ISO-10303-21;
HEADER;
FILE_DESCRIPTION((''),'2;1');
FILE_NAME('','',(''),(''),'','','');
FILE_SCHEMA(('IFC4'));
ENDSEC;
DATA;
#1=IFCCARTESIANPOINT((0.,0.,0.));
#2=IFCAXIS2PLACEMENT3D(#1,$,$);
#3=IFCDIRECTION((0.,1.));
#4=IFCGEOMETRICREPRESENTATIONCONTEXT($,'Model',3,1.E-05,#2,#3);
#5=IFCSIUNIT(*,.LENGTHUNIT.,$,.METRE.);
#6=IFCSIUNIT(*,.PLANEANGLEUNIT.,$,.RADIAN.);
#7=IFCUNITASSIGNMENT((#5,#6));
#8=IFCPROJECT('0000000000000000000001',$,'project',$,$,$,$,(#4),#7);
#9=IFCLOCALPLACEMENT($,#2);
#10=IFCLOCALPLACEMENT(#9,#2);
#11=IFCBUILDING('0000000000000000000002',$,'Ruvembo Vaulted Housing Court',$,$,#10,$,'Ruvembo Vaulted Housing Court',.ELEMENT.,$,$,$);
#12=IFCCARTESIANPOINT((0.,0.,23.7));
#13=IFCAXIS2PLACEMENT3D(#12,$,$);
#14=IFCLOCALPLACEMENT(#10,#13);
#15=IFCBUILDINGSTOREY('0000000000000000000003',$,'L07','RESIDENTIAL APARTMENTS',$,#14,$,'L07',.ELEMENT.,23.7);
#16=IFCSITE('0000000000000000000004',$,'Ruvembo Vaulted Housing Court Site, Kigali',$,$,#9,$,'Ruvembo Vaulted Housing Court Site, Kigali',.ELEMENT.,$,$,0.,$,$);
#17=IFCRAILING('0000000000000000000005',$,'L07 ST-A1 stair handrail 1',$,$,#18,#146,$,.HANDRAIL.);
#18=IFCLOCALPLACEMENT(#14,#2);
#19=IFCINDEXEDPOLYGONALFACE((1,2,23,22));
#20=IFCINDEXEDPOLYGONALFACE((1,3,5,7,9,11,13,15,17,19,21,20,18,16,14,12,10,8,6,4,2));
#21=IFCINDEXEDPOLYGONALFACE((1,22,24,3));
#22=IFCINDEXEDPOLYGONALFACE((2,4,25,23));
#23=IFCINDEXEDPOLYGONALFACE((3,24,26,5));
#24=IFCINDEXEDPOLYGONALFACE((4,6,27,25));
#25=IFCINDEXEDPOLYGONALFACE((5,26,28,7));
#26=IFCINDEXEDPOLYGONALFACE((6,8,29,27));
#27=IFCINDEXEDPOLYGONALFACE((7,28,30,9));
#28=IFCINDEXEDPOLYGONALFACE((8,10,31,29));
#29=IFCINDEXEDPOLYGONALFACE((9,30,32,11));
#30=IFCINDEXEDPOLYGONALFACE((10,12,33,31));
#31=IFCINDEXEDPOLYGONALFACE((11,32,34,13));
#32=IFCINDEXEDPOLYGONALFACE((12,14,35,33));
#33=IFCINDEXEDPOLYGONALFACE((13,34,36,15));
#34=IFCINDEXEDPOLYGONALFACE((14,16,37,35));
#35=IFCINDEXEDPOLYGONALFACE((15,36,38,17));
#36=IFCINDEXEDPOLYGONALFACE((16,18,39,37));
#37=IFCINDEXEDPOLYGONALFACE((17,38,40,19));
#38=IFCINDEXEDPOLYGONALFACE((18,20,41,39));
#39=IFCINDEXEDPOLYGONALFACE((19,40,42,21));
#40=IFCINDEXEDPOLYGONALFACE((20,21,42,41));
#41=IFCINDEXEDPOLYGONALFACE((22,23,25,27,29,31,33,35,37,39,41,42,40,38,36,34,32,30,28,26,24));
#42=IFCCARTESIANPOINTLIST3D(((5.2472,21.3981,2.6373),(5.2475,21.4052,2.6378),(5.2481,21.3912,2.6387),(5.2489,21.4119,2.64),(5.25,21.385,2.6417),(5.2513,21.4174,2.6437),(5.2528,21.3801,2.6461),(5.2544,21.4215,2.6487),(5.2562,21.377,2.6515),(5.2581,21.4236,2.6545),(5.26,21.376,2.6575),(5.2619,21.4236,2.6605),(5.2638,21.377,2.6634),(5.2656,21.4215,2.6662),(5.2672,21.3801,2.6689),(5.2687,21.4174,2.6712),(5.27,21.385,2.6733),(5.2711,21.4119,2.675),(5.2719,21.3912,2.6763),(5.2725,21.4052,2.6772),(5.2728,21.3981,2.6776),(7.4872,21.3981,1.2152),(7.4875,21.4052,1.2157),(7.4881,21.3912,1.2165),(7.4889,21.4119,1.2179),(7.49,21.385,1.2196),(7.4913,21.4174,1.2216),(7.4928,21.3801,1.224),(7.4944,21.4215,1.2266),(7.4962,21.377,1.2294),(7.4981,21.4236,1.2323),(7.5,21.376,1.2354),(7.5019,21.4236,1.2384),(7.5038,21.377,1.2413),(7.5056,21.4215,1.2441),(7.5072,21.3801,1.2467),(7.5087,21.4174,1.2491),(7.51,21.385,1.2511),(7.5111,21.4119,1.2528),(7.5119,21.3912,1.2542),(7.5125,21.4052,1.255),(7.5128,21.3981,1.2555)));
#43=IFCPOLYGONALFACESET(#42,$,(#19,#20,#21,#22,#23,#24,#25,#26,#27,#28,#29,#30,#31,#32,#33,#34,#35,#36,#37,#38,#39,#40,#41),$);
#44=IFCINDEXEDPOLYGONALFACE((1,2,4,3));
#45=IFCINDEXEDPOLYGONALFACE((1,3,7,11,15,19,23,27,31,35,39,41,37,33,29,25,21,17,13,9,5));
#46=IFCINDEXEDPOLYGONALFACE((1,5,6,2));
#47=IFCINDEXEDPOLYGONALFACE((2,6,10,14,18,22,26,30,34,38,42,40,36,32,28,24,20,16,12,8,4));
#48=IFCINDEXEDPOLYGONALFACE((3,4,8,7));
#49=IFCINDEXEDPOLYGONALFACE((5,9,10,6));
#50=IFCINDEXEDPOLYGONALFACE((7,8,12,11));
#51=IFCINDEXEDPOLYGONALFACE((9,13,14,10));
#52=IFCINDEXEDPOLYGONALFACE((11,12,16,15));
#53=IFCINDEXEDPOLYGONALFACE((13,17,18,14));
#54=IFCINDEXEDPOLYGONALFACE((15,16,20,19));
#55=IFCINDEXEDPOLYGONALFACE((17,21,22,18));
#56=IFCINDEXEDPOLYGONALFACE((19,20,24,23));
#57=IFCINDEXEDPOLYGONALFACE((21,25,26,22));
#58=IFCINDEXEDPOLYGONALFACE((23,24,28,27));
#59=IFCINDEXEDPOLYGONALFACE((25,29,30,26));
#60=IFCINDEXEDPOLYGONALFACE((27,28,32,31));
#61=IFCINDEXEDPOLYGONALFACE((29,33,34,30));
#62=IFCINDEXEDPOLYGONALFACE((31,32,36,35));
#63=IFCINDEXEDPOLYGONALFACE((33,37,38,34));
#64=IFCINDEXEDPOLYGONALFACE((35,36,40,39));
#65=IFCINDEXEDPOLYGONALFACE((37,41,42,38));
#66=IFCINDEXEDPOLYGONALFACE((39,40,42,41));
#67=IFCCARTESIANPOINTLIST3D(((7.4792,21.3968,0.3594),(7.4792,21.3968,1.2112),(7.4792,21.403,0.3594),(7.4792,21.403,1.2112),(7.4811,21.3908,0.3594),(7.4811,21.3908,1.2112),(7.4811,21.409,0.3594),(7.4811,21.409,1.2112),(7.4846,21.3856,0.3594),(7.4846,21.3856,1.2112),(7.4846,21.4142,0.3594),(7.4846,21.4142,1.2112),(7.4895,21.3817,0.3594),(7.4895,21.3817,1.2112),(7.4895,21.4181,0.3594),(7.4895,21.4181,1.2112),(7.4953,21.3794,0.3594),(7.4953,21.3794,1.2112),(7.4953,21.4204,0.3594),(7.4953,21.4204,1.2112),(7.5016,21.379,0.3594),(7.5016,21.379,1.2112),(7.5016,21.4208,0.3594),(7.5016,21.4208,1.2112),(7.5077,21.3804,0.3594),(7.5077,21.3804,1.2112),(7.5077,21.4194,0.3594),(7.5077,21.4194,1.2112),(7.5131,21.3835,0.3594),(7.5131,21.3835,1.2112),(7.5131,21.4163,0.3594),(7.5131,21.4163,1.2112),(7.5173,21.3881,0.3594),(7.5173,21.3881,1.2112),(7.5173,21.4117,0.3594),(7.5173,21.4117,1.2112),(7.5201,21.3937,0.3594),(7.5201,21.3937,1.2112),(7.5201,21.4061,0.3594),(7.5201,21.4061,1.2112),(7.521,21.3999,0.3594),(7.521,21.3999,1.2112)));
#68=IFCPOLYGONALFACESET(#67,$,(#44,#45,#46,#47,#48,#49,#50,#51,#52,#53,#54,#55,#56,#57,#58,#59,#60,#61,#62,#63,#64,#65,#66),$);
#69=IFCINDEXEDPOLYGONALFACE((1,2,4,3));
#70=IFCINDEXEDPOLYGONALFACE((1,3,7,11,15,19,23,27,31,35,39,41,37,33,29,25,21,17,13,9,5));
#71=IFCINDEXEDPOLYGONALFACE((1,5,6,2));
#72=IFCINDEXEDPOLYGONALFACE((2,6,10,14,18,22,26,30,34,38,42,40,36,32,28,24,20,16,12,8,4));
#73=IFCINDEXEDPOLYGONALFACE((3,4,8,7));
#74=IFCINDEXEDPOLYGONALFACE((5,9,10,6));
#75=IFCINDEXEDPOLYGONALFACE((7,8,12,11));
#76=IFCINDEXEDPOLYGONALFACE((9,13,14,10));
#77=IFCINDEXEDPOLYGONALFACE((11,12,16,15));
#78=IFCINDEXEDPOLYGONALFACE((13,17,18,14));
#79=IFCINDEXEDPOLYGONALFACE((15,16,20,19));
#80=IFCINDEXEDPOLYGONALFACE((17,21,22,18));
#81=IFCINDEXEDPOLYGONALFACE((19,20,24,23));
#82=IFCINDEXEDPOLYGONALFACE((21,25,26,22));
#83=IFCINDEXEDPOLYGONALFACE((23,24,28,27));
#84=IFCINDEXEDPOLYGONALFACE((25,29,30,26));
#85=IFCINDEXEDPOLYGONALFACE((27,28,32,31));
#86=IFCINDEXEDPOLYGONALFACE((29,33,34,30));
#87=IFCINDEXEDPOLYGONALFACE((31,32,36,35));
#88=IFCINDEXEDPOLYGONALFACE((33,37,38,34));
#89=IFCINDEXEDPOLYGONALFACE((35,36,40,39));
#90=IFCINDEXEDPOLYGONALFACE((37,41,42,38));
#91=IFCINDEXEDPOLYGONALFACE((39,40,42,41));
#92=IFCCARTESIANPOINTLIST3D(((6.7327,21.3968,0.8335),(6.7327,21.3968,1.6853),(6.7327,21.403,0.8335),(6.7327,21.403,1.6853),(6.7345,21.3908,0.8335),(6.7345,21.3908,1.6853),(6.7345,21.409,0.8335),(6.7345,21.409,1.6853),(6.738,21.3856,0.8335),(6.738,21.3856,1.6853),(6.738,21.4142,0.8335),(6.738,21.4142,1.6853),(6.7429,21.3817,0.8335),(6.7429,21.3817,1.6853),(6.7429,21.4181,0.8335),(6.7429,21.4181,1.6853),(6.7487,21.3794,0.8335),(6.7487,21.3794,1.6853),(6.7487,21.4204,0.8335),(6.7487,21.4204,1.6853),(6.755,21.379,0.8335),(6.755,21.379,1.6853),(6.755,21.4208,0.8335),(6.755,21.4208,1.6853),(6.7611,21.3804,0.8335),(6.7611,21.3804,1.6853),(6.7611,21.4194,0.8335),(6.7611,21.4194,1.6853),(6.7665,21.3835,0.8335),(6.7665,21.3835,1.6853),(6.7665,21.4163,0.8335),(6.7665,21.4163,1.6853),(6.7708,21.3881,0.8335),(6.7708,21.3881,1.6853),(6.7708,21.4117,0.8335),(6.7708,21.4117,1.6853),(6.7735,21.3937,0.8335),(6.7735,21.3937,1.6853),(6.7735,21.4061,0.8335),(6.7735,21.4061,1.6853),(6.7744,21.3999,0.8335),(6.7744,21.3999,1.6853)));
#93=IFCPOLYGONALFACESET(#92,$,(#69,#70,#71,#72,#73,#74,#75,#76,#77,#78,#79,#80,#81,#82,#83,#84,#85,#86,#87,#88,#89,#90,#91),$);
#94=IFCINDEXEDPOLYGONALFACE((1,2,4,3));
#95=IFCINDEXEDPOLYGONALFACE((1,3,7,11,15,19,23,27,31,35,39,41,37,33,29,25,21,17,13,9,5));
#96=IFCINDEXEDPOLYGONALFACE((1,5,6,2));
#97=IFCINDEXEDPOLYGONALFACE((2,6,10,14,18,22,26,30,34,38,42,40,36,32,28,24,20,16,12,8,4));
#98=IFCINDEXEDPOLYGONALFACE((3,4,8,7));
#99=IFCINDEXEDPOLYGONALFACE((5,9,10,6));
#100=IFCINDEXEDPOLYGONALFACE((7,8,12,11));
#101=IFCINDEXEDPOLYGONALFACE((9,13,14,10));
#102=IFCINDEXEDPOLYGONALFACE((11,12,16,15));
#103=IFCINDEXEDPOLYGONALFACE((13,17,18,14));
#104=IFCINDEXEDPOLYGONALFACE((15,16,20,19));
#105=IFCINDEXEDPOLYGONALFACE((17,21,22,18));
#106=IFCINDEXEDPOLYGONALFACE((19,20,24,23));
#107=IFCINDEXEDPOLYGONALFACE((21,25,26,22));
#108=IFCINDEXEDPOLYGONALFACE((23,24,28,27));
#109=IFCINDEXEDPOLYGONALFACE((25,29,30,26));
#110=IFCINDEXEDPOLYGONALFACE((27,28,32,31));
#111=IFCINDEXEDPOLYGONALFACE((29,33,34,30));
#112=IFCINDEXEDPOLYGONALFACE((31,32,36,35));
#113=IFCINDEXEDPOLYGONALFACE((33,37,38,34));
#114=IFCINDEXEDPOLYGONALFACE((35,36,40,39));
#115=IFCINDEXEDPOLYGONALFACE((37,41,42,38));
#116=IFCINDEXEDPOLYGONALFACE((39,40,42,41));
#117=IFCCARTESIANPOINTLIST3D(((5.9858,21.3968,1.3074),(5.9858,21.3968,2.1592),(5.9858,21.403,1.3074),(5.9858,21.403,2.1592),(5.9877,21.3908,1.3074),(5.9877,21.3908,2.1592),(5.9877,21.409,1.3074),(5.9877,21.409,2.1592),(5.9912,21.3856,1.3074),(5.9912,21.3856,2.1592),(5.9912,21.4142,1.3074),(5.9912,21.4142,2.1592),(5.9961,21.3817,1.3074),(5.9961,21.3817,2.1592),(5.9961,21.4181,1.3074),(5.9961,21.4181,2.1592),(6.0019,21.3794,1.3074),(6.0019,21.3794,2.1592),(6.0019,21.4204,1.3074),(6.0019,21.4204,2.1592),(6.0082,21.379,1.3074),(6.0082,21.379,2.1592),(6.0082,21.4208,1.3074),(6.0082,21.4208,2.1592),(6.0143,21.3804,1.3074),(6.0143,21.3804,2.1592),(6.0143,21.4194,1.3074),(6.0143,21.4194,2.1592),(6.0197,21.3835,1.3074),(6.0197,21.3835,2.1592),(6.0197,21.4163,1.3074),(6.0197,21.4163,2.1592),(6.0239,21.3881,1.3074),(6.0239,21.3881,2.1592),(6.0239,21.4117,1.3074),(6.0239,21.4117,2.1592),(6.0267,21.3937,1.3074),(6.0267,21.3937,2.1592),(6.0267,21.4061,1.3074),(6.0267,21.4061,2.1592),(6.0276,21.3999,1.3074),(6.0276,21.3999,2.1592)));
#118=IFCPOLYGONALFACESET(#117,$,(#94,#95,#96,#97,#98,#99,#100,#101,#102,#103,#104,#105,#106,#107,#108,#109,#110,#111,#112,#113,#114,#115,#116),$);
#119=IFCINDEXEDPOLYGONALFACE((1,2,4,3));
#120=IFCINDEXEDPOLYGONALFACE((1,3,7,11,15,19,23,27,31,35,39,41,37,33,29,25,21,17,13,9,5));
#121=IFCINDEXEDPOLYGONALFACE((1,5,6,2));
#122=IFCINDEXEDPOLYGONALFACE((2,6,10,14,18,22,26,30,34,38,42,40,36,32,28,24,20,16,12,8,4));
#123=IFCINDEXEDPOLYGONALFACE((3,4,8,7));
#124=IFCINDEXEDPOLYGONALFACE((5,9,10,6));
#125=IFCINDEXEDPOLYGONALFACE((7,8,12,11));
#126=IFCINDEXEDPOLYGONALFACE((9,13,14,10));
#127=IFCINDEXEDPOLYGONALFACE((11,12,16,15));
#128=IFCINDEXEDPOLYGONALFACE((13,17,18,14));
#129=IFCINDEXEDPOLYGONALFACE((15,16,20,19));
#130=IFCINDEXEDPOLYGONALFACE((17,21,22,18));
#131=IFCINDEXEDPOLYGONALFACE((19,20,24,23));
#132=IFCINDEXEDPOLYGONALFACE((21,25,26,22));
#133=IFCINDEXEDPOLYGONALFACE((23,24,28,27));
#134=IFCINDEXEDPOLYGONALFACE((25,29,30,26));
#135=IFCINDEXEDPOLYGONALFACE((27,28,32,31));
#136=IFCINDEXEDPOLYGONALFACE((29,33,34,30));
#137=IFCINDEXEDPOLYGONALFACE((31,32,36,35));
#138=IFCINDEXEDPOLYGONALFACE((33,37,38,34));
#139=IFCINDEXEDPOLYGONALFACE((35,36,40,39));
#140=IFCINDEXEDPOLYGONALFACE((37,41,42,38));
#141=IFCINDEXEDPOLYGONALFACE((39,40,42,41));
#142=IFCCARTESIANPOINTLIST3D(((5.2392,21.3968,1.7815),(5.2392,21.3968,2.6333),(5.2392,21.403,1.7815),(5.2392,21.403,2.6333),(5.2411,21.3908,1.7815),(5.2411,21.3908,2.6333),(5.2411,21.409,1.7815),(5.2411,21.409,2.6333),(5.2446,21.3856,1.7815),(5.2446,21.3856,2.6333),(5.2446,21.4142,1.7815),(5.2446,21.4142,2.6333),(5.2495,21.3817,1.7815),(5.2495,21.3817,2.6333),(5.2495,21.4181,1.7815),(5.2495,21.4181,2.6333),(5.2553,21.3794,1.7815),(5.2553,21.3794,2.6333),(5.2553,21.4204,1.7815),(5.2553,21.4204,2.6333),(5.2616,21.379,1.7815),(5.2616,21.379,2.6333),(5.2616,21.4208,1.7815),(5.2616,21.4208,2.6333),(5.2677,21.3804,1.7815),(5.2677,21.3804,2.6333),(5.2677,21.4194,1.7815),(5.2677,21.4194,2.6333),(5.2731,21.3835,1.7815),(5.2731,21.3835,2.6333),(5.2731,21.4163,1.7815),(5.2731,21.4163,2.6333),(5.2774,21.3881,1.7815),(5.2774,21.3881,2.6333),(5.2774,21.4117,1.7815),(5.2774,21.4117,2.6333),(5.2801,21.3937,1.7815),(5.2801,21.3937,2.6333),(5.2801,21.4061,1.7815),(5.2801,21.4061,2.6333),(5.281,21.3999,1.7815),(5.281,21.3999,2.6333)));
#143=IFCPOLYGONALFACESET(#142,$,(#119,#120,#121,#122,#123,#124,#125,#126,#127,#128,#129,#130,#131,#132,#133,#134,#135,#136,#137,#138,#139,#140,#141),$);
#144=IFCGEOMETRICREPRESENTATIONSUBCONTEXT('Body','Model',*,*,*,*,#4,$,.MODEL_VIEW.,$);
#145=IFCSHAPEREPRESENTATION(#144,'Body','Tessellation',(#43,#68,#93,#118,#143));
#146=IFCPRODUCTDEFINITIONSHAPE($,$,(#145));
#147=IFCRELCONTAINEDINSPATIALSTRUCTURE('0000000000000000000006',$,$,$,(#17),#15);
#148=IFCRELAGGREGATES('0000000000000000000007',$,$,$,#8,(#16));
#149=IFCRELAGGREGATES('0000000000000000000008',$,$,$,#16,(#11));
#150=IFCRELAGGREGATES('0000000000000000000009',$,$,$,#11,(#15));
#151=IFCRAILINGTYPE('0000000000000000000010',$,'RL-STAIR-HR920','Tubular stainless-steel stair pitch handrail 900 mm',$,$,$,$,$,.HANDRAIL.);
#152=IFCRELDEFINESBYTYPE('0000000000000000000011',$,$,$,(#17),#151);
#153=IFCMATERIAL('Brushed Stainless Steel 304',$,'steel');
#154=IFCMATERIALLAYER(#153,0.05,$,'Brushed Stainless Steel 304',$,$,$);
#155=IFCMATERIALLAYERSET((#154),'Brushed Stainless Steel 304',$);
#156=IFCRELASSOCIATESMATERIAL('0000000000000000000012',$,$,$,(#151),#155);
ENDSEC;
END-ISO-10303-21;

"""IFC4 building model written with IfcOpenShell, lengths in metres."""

from ifc_helpers import new_model, si_unit, direction, frame, origin, origin_2d, place, context, subcontext, project, spatial, circle, extrude, material, layer, layer_set, type_object, element, save


model = new_model("IFC4")

# Units and contexts
model_context = context("Model", 3, precision=1e-05, world=origin(), true_north=direction((0.0, 1.0)))
body_context = subcontext(model_context, "Body", "Model", "MODEL_VIEW")
ifc_project = project(units=[si_unit("LENGTHUNIT", "METRE"), si_unit("PLANEANGLEUNIT", "RADIAN")], contexts=[model_context])

# Site, building, storey
site_placement = place(None, origin())
site = spatial("IfcSite", under=ifc_project, at=site_placement, Name="Ruvembo Vaulted Housing Court Site, Kigali", LongName="Ruvembo Vaulted Housing Court Site, Kigali", CompositionType="ELEMENT", RefElevation=0.0)
building_placement = place(site_placement, origin())
building = spatial("IfcBuilding", under=site, at=building_placement, Name="Ruvembo Vaulted Housing Court", LongName="Ruvembo Vaulted Housing Court", CompositionType="ELEMENT")
storey_placement = place(building_placement, frame((0.0, 0.0, 23.7)))
storey = spatial("IfcBuildingStorey", under=building, at=storey_placement, Name="L07", Description="RESIDENTIAL APARTMENTS", LongName="L07", CompositionType="ELEMENT", Elevation=23.7)

# Shared definitions
ifc_material_1 = material(Name="Brushed Stainless Steel 304", Category="steel")

# Railing
ifc_layer_1 = layer(ifc_material_1, 0.05, Name="Brushed Stainless Steel 304")
ifc_layer_set_1 = layer_set([ifc_layer_1], Name="Brushed Stainless Steel 304")
railing_type_1 = type_object("IfcRailingType", Name="RL-STAIR-HR920", Description="Tubular stainless-steel stair pitch handrail 900 mm", PredefinedType="HANDRAIL", material=ifc_layer_set_1)
railing_1_placement = place(storey_placement, frame((7.5, 21.3999, 0.3594)))
element("IfcRailing", 1, at=railing_1_placement, inside=storey, type_object=railing_type_1, Name="L07 ST-A1 stair handrail 1", PredefinedType="HANDRAIL", context=body_context, shape_type="SweptSolid", body=[
    extrude(circle(Radius=0.0239, at=origin_2d()), frame((0.0, 0.0, 0.876), z_axis=(-0.844229, 0.0, 0.535982), x_axis=(0.0, -1.0, 0.0)), (0.0, 0.0, 1.0), 2.6533),
    extrude(circle(Radius=0.021, at=origin_2d()), origin(), (0.0, 0.0, 1.0), 0.8518),
    extrude(circle(Radius=0.021, at=origin_2d()), frame((-0.7466, 0.0, 0.4741)), (0.0, 0.0, 1.0), 0.8518),
    extrude(circle(Radius=0.021, at=origin_2d()), frame((-1.4934, 0.0, 0.948)), (0.0, 0.0, 1.0), 0.8518),
    extrude(circle(Radius=0.021, at=origin_2d()), frame((-2.24, 0.0, 1.4221)), (0.0, 0.0, 1.0), 0.8518),
])

save(model, "model.ifc")
